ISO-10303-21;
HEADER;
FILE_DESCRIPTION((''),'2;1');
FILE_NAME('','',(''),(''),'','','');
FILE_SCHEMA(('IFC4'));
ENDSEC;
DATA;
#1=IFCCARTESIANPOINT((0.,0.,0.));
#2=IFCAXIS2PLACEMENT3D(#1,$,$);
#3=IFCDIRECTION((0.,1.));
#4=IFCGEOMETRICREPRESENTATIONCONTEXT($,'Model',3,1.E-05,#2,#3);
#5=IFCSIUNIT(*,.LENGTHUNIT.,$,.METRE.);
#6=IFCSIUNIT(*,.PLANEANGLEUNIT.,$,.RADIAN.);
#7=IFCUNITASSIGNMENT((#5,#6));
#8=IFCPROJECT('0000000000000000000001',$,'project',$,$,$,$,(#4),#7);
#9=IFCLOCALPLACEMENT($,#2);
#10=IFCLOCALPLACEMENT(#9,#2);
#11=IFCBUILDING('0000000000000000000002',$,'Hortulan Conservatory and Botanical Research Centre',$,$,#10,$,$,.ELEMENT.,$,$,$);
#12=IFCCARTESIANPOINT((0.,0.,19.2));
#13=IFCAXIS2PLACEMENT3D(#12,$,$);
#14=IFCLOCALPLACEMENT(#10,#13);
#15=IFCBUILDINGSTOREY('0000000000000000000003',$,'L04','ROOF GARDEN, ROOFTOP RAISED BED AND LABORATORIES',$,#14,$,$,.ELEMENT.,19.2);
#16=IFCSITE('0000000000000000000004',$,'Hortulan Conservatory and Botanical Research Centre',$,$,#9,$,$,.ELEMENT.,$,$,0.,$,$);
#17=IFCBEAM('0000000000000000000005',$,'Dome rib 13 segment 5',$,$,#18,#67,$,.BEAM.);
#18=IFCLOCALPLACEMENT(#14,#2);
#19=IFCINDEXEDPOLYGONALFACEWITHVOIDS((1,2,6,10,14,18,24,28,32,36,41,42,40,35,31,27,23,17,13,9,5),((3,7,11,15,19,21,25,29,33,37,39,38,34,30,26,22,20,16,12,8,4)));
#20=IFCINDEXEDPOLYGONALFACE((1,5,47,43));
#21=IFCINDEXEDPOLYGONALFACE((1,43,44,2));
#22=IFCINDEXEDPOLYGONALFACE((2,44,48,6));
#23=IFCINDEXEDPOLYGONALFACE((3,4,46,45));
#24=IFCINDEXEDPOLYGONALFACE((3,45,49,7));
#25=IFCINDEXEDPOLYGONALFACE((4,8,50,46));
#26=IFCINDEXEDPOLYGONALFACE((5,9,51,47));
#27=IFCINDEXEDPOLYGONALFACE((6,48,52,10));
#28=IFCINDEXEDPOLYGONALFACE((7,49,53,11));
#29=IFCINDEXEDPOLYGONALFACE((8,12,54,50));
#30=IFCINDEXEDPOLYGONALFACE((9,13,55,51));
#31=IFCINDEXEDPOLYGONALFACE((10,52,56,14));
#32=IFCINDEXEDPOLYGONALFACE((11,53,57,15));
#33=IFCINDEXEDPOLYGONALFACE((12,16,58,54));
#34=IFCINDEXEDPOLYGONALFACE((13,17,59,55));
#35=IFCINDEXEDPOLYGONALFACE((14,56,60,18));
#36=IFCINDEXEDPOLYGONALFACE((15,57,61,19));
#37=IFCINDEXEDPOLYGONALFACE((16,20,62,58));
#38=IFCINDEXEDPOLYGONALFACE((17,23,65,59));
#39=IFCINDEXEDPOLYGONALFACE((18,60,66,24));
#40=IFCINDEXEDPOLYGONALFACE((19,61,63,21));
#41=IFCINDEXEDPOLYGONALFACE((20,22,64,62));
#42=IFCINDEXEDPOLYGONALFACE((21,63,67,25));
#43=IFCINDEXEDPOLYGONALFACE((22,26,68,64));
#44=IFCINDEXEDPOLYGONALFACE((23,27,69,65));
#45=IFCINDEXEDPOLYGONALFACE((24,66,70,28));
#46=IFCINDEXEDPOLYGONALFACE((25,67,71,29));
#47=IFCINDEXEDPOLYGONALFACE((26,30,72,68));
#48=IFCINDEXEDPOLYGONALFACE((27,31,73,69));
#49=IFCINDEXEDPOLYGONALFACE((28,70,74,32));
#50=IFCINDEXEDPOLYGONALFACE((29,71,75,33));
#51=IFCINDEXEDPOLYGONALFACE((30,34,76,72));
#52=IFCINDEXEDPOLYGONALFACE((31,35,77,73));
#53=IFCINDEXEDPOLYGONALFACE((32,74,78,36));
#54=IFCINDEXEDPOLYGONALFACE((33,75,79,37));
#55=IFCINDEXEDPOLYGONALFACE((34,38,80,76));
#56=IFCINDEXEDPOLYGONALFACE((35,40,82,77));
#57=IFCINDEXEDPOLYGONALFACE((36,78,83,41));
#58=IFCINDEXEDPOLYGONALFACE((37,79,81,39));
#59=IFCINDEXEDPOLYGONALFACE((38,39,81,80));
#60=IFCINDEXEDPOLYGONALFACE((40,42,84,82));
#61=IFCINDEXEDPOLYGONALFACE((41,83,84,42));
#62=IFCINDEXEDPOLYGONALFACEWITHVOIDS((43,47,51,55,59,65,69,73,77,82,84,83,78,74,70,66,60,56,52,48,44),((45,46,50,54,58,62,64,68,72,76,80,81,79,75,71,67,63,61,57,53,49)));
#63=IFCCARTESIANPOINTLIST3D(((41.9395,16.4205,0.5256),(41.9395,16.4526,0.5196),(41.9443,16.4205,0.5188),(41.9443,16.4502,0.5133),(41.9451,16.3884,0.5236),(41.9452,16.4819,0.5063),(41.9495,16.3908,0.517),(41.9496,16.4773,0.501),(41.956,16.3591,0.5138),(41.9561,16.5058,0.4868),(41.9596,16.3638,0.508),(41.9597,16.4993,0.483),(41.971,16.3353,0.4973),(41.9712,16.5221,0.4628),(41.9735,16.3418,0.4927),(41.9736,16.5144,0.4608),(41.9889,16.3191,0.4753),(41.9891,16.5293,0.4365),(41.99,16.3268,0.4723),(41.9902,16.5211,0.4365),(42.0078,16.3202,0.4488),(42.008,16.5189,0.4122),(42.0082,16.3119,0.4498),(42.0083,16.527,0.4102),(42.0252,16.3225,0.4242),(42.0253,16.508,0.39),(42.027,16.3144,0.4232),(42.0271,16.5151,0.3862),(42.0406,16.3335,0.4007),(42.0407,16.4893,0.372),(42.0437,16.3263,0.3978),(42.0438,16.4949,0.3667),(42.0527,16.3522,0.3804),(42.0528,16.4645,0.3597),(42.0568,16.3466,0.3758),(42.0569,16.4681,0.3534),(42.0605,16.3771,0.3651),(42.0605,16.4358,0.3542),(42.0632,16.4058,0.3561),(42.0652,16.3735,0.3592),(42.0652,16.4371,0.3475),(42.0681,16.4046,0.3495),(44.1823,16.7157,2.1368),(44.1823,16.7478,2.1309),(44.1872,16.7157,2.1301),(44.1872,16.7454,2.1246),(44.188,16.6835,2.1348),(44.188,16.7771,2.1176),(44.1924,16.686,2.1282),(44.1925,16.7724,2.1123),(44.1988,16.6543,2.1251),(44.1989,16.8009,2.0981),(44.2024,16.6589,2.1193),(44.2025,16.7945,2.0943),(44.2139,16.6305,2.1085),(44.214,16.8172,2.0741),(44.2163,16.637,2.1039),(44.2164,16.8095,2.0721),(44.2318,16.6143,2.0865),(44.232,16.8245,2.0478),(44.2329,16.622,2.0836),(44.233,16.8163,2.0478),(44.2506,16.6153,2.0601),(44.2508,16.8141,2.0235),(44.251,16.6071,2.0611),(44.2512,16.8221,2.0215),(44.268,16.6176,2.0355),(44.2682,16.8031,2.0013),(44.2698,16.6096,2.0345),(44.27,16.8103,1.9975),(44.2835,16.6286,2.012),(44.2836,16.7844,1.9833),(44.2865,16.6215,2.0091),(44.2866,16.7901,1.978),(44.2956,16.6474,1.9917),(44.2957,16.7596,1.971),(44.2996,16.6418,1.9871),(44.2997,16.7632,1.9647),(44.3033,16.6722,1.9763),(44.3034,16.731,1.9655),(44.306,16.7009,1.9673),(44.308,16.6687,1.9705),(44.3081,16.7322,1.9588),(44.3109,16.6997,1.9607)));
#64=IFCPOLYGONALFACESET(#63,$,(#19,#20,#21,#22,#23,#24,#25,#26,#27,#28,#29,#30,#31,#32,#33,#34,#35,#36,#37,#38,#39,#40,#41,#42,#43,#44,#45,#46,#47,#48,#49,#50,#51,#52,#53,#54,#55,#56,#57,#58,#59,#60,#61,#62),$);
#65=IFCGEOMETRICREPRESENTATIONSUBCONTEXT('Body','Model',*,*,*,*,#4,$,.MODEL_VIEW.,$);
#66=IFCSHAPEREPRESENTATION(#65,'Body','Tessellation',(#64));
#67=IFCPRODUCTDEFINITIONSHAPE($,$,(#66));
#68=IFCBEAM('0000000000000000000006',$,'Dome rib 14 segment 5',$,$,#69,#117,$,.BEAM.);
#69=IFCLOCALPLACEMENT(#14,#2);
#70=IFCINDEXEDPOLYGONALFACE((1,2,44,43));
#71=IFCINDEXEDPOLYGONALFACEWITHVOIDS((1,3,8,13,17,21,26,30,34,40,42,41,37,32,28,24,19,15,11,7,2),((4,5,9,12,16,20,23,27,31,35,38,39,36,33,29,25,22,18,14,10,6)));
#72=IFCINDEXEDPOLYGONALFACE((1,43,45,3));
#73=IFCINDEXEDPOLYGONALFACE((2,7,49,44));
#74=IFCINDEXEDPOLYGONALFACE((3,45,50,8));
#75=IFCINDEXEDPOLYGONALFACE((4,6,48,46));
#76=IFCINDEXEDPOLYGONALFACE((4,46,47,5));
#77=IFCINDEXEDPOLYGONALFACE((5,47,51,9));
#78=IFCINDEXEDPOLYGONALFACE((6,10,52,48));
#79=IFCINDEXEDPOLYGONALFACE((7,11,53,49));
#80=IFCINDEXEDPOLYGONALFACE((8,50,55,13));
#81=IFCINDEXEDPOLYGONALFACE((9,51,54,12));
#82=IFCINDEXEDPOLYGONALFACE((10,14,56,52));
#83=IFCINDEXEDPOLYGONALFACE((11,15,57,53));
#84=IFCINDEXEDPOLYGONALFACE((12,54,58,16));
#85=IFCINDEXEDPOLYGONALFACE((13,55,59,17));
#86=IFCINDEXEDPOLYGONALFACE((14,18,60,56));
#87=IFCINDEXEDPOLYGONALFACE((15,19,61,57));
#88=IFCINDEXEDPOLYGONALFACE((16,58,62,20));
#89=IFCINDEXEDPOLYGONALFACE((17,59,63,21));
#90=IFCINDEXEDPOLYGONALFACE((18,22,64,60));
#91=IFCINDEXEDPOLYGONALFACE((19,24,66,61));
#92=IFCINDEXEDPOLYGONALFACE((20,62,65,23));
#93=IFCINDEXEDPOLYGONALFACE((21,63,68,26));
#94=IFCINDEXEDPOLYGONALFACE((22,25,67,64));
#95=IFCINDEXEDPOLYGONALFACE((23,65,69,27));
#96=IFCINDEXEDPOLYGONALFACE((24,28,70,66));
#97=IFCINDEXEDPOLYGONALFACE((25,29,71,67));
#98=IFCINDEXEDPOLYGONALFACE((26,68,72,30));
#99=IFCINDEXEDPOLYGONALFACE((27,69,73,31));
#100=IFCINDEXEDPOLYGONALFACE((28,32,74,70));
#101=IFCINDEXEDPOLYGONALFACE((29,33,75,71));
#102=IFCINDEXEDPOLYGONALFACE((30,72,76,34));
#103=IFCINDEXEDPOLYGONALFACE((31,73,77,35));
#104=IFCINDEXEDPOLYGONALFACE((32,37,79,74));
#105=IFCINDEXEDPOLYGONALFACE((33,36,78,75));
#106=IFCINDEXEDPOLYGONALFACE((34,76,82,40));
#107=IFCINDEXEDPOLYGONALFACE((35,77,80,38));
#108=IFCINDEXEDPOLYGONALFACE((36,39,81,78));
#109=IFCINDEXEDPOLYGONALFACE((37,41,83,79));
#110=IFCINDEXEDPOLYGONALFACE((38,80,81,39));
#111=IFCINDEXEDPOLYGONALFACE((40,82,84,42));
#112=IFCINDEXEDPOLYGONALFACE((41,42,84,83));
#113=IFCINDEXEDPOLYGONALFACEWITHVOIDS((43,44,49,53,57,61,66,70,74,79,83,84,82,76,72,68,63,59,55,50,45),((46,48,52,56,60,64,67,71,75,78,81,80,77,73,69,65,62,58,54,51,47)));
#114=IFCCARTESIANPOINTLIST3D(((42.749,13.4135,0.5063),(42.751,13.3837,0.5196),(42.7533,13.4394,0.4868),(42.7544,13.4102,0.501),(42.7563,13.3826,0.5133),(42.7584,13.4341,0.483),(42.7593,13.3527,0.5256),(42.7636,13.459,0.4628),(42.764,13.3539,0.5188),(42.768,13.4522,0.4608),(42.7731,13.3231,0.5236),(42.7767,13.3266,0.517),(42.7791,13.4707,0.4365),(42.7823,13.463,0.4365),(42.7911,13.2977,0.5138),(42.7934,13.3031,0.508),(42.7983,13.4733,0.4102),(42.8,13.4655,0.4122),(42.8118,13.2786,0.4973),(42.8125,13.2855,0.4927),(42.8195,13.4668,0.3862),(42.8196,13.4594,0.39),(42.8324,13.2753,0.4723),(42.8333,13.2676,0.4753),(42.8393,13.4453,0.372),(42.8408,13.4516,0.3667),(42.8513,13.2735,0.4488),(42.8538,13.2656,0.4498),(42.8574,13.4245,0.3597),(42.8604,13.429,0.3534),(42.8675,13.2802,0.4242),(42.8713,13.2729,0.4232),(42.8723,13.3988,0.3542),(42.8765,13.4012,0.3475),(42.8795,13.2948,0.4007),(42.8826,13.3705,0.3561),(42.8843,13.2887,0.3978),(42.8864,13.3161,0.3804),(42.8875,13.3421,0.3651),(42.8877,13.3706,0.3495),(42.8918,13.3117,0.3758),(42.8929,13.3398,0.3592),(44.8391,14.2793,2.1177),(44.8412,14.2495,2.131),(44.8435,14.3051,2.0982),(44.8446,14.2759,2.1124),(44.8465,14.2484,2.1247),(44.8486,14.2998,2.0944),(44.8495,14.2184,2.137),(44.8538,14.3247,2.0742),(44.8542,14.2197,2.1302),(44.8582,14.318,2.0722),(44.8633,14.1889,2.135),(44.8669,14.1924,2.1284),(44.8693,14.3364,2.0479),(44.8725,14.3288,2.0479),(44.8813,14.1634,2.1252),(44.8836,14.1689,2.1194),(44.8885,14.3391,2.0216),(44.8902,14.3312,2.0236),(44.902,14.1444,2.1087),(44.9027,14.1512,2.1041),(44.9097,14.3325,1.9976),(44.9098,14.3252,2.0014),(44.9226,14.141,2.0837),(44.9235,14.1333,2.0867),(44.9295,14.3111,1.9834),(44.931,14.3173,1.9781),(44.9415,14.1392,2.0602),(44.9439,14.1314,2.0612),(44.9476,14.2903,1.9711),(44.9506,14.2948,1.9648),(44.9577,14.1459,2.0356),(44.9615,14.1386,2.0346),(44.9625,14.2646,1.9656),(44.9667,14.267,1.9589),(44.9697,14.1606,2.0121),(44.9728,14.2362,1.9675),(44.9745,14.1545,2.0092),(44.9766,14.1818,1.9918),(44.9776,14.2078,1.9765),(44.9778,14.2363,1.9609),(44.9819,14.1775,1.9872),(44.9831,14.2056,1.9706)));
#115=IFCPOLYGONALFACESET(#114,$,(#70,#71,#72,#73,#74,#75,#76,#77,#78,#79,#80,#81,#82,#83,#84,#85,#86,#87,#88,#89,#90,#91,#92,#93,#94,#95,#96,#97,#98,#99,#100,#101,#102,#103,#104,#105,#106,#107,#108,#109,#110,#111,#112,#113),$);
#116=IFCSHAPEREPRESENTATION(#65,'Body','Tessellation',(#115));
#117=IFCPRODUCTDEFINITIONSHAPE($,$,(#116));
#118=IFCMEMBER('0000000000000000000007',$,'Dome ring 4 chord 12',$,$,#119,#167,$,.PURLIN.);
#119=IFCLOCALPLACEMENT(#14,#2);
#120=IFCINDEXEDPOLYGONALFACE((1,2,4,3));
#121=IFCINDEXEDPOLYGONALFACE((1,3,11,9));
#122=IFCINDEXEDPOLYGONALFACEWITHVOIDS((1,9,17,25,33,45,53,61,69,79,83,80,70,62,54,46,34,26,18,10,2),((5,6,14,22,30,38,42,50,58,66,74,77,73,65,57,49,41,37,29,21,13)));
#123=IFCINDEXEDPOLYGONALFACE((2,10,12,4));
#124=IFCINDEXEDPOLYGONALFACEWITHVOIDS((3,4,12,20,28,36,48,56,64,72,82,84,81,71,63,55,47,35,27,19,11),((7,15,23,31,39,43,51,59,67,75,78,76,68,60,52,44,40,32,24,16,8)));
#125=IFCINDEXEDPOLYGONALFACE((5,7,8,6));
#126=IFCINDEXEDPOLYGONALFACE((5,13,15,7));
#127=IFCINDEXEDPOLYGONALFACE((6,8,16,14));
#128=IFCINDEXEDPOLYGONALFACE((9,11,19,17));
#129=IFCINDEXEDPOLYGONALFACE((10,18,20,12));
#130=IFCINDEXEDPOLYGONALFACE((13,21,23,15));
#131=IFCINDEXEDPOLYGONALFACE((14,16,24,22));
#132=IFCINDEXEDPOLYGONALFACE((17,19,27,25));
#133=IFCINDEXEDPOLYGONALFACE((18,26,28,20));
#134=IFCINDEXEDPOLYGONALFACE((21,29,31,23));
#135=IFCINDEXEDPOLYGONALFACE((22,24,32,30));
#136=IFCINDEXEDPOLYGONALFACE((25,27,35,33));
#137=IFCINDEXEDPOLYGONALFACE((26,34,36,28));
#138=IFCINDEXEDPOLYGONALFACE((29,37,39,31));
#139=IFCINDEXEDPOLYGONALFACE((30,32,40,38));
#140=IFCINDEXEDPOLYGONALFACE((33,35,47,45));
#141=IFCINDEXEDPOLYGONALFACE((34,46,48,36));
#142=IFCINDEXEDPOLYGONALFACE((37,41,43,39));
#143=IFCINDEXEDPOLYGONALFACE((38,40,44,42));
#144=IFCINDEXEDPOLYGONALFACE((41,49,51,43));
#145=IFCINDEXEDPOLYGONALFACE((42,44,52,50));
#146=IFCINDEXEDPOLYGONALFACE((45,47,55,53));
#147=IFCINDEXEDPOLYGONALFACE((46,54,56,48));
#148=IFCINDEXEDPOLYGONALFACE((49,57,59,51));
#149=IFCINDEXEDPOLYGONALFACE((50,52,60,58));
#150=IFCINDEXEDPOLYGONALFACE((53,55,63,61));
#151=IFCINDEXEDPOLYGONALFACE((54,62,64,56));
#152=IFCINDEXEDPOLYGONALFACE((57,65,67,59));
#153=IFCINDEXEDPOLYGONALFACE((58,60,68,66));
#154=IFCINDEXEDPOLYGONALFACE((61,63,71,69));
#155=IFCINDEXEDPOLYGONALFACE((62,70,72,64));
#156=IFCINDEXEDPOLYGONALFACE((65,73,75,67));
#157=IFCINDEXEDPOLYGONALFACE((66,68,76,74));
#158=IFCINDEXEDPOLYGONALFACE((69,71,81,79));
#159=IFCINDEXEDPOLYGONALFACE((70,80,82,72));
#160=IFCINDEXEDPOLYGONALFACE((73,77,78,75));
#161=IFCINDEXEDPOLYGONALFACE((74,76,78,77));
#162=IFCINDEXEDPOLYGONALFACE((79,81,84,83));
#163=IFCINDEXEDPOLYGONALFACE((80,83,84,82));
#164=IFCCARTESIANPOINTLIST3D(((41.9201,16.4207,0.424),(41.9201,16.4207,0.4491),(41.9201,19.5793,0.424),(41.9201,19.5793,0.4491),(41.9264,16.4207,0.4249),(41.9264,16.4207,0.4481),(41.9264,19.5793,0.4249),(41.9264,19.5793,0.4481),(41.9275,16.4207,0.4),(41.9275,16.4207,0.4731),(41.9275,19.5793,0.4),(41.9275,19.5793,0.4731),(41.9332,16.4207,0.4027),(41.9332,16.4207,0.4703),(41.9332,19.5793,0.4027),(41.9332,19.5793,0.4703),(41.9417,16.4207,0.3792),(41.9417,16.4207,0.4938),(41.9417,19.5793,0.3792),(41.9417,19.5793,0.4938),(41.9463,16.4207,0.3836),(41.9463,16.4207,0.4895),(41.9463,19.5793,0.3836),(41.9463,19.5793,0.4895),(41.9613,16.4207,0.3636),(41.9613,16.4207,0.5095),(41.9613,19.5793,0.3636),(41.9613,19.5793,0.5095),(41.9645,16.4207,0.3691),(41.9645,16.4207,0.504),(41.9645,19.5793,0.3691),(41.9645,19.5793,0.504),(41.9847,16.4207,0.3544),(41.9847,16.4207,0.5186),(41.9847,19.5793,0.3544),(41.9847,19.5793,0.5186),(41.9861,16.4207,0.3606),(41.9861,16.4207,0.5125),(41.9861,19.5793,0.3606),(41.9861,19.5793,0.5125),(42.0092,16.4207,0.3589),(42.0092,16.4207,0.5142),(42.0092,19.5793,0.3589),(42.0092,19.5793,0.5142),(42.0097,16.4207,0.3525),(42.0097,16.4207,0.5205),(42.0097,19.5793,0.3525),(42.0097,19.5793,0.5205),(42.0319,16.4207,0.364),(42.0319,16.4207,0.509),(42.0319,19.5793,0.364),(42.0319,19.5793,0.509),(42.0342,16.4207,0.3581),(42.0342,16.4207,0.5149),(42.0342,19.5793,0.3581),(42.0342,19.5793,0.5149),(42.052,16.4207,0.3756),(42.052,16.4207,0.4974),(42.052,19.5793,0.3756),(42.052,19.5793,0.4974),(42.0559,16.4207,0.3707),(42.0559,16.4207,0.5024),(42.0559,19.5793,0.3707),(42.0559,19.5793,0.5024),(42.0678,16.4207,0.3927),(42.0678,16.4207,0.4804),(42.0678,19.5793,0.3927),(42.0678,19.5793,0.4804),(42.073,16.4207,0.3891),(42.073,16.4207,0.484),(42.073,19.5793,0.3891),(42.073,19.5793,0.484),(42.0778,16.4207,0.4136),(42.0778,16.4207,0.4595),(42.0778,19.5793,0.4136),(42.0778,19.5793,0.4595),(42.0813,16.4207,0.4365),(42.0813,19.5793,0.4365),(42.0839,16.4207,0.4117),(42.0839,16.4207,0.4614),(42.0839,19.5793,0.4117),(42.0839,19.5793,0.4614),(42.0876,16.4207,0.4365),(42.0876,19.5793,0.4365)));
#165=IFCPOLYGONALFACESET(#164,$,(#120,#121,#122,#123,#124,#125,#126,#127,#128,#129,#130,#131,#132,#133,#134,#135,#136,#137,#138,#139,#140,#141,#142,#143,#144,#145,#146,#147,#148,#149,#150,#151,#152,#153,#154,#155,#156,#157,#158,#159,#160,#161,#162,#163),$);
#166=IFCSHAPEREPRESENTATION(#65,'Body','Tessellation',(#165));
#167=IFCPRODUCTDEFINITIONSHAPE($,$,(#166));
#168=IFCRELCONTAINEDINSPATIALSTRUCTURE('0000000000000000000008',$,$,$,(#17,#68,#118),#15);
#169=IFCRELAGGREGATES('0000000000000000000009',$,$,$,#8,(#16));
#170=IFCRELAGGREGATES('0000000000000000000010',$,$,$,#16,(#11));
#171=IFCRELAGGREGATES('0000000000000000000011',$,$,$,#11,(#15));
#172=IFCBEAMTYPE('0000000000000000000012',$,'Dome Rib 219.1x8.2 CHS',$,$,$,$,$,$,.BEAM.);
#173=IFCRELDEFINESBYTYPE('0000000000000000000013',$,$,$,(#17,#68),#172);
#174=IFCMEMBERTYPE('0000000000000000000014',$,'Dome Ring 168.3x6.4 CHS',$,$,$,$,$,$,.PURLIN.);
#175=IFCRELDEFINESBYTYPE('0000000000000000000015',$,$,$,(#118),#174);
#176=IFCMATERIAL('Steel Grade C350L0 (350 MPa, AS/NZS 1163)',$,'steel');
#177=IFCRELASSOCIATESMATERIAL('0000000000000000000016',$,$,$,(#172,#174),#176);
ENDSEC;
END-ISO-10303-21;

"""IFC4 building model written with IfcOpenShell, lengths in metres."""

from ifc_helpers import new_model, si_unit, direction, frame, origin, origin_2d, place, context, subcontext, project, spatial, hollow_circle, extrude, material, material_profile, profile_set, type_object, element, save


model = new_model("IFC4")

# Units and contexts
model_context = context("Model", 3, precision=1e-05, world=origin(), true_north=direction((0.0, 1.0)))
body_context = subcontext(model_context, "Body", "Model", "MODEL_VIEW")
ifc_project = project(units=[si_unit("LENGTHUNIT", "METRE"), si_unit("PLANEANGLEUNIT", "RADIAN")], contexts=[model_context])

# Site, building, storey
site_placement = place(None, origin())
site = spatial("IfcSite", under=ifc_project, at=site_placement, Name="Hortulan Conservatory and Botanical Research Centre", CompositionType="ELEMENT", RefElevation=0.0)
building_placement = place(site_placement, origin())
building = spatial("IfcBuilding", under=site, at=building_placement, Name="Hortulan Conservatory and Botanical Research Centre", CompositionType="ELEMENT")
storey_placement = place(building_placement, frame((0.0, 0.0, 19.2)))
storey = spatial("IfcBuildingStorey", under=building, at=storey_placement, Name="L04", Description="ROOF GARDEN, ROOFTOP RAISED BED AND LABORATORIES", CompositionType="ELEMENT", Elevation=19.2)

# Beams
ifc_material_1 = material(Name="Steel Grade C350L0 (350 MPa, AS/NZS 1163)", Category="steel")
ifc_material_profile_1 = material_profile(ifc_material_1, hollow_circle(Radius=0.1096, WallThickness=0.0083, at=origin_2d()), Name="219.1x8.2CHS")
ifc_profile_set_1 = profile_set([ifc_material_profile_1], Name="Steel Grade C350L0 (350 MPa, AS/NZS 1163)")
beam_type_1 = type_object("IfcBeamType", Name="Dome Rib 219.1x8.2 CHS", PredefinedType="BEAM", material=ifc_profile_set_1)
for number, where, z_axis, x_axis, name in (
    (1, (42.0034, 16.4207, 0.4365), (0.807548, 0.106273, 0.580148), (-0.130474, 0.991452, 0.0), "Dome rib 13 segment 5"),
):
    element("IfcBeam", number, at=place(storey_placement, frame(where, z_axis=z_axis, x_axis=x_axis)), inside=storey, type_object=beam_type_1, Name=name, PredefinedType="BEAM", context=body_context, shape_type="SweptSolid", body=[
        extrude(hollow_circle(Radius=0.1096, WallThickness=0.0083, at=origin_2d()), origin(), (0.0, 0.0, 1.0), 2.7773),
    ])
beam_1_placement = place(storey_placement, frame((42.821, 13.3694, 0.4365), z_axis=(0.752516, 0.311695, 0.580143), x_axis=(-0.382676, 0.923883, 0.0)))
element("IfcBeam", 2, at=beam_1_placement, inside=storey, type_object=beam_type_1, Name="Dome rib 14 segment 5", PredefinedType="BEAM", context=body_context, shape_type="SweptSolid", body=[
    extrude(hollow_circle(Radius=0.1096, WallThickness=0.0083, at=origin_2d()), origin(), (0.0, 0.0, 1.0), 2.7776),
])

# Member
ifc_material_profile_2 = material_profile(ifc_material_1, hollow_circle(Radius=0.0842, WallThickness=0.0063, at=origin_2d()), Name="168.3x6.4CHS")
ifc_profile_set_2 = profile_set([ifc_material_profile_2], Name="Steel Grade C350L0 (350 MPa, AS/NZS 1163)")
member_type_1 = type_object("IfcMemberType", Name="Dome Ring 168.3x6.4 CHS", PredefinedType="PURLIN", material=ifc_profile_set_2)
member_1_placement = place(storey_placement, frame((42.0034, 19.5793, 0.4365), z_axis=(0.0, -1.0, 0.0), x_axis=(1.0, 0.0, 0.0)))
element("IfcMember", 3, at=member_1_placement, inside=storey, type_object=member_type_1, Name="Dome ring 4 chord 12", PredefinedType="PURLIN", context=body_context, shape_type="SweptSolid", body=[
    extrude(hollow_circle(Radius=0.0842, WallThickness=0.0063, at=origin_2d()), origin(), (0.0, 0.0, 1.0), 3.1587),
])

save(model, "model.ifc")
